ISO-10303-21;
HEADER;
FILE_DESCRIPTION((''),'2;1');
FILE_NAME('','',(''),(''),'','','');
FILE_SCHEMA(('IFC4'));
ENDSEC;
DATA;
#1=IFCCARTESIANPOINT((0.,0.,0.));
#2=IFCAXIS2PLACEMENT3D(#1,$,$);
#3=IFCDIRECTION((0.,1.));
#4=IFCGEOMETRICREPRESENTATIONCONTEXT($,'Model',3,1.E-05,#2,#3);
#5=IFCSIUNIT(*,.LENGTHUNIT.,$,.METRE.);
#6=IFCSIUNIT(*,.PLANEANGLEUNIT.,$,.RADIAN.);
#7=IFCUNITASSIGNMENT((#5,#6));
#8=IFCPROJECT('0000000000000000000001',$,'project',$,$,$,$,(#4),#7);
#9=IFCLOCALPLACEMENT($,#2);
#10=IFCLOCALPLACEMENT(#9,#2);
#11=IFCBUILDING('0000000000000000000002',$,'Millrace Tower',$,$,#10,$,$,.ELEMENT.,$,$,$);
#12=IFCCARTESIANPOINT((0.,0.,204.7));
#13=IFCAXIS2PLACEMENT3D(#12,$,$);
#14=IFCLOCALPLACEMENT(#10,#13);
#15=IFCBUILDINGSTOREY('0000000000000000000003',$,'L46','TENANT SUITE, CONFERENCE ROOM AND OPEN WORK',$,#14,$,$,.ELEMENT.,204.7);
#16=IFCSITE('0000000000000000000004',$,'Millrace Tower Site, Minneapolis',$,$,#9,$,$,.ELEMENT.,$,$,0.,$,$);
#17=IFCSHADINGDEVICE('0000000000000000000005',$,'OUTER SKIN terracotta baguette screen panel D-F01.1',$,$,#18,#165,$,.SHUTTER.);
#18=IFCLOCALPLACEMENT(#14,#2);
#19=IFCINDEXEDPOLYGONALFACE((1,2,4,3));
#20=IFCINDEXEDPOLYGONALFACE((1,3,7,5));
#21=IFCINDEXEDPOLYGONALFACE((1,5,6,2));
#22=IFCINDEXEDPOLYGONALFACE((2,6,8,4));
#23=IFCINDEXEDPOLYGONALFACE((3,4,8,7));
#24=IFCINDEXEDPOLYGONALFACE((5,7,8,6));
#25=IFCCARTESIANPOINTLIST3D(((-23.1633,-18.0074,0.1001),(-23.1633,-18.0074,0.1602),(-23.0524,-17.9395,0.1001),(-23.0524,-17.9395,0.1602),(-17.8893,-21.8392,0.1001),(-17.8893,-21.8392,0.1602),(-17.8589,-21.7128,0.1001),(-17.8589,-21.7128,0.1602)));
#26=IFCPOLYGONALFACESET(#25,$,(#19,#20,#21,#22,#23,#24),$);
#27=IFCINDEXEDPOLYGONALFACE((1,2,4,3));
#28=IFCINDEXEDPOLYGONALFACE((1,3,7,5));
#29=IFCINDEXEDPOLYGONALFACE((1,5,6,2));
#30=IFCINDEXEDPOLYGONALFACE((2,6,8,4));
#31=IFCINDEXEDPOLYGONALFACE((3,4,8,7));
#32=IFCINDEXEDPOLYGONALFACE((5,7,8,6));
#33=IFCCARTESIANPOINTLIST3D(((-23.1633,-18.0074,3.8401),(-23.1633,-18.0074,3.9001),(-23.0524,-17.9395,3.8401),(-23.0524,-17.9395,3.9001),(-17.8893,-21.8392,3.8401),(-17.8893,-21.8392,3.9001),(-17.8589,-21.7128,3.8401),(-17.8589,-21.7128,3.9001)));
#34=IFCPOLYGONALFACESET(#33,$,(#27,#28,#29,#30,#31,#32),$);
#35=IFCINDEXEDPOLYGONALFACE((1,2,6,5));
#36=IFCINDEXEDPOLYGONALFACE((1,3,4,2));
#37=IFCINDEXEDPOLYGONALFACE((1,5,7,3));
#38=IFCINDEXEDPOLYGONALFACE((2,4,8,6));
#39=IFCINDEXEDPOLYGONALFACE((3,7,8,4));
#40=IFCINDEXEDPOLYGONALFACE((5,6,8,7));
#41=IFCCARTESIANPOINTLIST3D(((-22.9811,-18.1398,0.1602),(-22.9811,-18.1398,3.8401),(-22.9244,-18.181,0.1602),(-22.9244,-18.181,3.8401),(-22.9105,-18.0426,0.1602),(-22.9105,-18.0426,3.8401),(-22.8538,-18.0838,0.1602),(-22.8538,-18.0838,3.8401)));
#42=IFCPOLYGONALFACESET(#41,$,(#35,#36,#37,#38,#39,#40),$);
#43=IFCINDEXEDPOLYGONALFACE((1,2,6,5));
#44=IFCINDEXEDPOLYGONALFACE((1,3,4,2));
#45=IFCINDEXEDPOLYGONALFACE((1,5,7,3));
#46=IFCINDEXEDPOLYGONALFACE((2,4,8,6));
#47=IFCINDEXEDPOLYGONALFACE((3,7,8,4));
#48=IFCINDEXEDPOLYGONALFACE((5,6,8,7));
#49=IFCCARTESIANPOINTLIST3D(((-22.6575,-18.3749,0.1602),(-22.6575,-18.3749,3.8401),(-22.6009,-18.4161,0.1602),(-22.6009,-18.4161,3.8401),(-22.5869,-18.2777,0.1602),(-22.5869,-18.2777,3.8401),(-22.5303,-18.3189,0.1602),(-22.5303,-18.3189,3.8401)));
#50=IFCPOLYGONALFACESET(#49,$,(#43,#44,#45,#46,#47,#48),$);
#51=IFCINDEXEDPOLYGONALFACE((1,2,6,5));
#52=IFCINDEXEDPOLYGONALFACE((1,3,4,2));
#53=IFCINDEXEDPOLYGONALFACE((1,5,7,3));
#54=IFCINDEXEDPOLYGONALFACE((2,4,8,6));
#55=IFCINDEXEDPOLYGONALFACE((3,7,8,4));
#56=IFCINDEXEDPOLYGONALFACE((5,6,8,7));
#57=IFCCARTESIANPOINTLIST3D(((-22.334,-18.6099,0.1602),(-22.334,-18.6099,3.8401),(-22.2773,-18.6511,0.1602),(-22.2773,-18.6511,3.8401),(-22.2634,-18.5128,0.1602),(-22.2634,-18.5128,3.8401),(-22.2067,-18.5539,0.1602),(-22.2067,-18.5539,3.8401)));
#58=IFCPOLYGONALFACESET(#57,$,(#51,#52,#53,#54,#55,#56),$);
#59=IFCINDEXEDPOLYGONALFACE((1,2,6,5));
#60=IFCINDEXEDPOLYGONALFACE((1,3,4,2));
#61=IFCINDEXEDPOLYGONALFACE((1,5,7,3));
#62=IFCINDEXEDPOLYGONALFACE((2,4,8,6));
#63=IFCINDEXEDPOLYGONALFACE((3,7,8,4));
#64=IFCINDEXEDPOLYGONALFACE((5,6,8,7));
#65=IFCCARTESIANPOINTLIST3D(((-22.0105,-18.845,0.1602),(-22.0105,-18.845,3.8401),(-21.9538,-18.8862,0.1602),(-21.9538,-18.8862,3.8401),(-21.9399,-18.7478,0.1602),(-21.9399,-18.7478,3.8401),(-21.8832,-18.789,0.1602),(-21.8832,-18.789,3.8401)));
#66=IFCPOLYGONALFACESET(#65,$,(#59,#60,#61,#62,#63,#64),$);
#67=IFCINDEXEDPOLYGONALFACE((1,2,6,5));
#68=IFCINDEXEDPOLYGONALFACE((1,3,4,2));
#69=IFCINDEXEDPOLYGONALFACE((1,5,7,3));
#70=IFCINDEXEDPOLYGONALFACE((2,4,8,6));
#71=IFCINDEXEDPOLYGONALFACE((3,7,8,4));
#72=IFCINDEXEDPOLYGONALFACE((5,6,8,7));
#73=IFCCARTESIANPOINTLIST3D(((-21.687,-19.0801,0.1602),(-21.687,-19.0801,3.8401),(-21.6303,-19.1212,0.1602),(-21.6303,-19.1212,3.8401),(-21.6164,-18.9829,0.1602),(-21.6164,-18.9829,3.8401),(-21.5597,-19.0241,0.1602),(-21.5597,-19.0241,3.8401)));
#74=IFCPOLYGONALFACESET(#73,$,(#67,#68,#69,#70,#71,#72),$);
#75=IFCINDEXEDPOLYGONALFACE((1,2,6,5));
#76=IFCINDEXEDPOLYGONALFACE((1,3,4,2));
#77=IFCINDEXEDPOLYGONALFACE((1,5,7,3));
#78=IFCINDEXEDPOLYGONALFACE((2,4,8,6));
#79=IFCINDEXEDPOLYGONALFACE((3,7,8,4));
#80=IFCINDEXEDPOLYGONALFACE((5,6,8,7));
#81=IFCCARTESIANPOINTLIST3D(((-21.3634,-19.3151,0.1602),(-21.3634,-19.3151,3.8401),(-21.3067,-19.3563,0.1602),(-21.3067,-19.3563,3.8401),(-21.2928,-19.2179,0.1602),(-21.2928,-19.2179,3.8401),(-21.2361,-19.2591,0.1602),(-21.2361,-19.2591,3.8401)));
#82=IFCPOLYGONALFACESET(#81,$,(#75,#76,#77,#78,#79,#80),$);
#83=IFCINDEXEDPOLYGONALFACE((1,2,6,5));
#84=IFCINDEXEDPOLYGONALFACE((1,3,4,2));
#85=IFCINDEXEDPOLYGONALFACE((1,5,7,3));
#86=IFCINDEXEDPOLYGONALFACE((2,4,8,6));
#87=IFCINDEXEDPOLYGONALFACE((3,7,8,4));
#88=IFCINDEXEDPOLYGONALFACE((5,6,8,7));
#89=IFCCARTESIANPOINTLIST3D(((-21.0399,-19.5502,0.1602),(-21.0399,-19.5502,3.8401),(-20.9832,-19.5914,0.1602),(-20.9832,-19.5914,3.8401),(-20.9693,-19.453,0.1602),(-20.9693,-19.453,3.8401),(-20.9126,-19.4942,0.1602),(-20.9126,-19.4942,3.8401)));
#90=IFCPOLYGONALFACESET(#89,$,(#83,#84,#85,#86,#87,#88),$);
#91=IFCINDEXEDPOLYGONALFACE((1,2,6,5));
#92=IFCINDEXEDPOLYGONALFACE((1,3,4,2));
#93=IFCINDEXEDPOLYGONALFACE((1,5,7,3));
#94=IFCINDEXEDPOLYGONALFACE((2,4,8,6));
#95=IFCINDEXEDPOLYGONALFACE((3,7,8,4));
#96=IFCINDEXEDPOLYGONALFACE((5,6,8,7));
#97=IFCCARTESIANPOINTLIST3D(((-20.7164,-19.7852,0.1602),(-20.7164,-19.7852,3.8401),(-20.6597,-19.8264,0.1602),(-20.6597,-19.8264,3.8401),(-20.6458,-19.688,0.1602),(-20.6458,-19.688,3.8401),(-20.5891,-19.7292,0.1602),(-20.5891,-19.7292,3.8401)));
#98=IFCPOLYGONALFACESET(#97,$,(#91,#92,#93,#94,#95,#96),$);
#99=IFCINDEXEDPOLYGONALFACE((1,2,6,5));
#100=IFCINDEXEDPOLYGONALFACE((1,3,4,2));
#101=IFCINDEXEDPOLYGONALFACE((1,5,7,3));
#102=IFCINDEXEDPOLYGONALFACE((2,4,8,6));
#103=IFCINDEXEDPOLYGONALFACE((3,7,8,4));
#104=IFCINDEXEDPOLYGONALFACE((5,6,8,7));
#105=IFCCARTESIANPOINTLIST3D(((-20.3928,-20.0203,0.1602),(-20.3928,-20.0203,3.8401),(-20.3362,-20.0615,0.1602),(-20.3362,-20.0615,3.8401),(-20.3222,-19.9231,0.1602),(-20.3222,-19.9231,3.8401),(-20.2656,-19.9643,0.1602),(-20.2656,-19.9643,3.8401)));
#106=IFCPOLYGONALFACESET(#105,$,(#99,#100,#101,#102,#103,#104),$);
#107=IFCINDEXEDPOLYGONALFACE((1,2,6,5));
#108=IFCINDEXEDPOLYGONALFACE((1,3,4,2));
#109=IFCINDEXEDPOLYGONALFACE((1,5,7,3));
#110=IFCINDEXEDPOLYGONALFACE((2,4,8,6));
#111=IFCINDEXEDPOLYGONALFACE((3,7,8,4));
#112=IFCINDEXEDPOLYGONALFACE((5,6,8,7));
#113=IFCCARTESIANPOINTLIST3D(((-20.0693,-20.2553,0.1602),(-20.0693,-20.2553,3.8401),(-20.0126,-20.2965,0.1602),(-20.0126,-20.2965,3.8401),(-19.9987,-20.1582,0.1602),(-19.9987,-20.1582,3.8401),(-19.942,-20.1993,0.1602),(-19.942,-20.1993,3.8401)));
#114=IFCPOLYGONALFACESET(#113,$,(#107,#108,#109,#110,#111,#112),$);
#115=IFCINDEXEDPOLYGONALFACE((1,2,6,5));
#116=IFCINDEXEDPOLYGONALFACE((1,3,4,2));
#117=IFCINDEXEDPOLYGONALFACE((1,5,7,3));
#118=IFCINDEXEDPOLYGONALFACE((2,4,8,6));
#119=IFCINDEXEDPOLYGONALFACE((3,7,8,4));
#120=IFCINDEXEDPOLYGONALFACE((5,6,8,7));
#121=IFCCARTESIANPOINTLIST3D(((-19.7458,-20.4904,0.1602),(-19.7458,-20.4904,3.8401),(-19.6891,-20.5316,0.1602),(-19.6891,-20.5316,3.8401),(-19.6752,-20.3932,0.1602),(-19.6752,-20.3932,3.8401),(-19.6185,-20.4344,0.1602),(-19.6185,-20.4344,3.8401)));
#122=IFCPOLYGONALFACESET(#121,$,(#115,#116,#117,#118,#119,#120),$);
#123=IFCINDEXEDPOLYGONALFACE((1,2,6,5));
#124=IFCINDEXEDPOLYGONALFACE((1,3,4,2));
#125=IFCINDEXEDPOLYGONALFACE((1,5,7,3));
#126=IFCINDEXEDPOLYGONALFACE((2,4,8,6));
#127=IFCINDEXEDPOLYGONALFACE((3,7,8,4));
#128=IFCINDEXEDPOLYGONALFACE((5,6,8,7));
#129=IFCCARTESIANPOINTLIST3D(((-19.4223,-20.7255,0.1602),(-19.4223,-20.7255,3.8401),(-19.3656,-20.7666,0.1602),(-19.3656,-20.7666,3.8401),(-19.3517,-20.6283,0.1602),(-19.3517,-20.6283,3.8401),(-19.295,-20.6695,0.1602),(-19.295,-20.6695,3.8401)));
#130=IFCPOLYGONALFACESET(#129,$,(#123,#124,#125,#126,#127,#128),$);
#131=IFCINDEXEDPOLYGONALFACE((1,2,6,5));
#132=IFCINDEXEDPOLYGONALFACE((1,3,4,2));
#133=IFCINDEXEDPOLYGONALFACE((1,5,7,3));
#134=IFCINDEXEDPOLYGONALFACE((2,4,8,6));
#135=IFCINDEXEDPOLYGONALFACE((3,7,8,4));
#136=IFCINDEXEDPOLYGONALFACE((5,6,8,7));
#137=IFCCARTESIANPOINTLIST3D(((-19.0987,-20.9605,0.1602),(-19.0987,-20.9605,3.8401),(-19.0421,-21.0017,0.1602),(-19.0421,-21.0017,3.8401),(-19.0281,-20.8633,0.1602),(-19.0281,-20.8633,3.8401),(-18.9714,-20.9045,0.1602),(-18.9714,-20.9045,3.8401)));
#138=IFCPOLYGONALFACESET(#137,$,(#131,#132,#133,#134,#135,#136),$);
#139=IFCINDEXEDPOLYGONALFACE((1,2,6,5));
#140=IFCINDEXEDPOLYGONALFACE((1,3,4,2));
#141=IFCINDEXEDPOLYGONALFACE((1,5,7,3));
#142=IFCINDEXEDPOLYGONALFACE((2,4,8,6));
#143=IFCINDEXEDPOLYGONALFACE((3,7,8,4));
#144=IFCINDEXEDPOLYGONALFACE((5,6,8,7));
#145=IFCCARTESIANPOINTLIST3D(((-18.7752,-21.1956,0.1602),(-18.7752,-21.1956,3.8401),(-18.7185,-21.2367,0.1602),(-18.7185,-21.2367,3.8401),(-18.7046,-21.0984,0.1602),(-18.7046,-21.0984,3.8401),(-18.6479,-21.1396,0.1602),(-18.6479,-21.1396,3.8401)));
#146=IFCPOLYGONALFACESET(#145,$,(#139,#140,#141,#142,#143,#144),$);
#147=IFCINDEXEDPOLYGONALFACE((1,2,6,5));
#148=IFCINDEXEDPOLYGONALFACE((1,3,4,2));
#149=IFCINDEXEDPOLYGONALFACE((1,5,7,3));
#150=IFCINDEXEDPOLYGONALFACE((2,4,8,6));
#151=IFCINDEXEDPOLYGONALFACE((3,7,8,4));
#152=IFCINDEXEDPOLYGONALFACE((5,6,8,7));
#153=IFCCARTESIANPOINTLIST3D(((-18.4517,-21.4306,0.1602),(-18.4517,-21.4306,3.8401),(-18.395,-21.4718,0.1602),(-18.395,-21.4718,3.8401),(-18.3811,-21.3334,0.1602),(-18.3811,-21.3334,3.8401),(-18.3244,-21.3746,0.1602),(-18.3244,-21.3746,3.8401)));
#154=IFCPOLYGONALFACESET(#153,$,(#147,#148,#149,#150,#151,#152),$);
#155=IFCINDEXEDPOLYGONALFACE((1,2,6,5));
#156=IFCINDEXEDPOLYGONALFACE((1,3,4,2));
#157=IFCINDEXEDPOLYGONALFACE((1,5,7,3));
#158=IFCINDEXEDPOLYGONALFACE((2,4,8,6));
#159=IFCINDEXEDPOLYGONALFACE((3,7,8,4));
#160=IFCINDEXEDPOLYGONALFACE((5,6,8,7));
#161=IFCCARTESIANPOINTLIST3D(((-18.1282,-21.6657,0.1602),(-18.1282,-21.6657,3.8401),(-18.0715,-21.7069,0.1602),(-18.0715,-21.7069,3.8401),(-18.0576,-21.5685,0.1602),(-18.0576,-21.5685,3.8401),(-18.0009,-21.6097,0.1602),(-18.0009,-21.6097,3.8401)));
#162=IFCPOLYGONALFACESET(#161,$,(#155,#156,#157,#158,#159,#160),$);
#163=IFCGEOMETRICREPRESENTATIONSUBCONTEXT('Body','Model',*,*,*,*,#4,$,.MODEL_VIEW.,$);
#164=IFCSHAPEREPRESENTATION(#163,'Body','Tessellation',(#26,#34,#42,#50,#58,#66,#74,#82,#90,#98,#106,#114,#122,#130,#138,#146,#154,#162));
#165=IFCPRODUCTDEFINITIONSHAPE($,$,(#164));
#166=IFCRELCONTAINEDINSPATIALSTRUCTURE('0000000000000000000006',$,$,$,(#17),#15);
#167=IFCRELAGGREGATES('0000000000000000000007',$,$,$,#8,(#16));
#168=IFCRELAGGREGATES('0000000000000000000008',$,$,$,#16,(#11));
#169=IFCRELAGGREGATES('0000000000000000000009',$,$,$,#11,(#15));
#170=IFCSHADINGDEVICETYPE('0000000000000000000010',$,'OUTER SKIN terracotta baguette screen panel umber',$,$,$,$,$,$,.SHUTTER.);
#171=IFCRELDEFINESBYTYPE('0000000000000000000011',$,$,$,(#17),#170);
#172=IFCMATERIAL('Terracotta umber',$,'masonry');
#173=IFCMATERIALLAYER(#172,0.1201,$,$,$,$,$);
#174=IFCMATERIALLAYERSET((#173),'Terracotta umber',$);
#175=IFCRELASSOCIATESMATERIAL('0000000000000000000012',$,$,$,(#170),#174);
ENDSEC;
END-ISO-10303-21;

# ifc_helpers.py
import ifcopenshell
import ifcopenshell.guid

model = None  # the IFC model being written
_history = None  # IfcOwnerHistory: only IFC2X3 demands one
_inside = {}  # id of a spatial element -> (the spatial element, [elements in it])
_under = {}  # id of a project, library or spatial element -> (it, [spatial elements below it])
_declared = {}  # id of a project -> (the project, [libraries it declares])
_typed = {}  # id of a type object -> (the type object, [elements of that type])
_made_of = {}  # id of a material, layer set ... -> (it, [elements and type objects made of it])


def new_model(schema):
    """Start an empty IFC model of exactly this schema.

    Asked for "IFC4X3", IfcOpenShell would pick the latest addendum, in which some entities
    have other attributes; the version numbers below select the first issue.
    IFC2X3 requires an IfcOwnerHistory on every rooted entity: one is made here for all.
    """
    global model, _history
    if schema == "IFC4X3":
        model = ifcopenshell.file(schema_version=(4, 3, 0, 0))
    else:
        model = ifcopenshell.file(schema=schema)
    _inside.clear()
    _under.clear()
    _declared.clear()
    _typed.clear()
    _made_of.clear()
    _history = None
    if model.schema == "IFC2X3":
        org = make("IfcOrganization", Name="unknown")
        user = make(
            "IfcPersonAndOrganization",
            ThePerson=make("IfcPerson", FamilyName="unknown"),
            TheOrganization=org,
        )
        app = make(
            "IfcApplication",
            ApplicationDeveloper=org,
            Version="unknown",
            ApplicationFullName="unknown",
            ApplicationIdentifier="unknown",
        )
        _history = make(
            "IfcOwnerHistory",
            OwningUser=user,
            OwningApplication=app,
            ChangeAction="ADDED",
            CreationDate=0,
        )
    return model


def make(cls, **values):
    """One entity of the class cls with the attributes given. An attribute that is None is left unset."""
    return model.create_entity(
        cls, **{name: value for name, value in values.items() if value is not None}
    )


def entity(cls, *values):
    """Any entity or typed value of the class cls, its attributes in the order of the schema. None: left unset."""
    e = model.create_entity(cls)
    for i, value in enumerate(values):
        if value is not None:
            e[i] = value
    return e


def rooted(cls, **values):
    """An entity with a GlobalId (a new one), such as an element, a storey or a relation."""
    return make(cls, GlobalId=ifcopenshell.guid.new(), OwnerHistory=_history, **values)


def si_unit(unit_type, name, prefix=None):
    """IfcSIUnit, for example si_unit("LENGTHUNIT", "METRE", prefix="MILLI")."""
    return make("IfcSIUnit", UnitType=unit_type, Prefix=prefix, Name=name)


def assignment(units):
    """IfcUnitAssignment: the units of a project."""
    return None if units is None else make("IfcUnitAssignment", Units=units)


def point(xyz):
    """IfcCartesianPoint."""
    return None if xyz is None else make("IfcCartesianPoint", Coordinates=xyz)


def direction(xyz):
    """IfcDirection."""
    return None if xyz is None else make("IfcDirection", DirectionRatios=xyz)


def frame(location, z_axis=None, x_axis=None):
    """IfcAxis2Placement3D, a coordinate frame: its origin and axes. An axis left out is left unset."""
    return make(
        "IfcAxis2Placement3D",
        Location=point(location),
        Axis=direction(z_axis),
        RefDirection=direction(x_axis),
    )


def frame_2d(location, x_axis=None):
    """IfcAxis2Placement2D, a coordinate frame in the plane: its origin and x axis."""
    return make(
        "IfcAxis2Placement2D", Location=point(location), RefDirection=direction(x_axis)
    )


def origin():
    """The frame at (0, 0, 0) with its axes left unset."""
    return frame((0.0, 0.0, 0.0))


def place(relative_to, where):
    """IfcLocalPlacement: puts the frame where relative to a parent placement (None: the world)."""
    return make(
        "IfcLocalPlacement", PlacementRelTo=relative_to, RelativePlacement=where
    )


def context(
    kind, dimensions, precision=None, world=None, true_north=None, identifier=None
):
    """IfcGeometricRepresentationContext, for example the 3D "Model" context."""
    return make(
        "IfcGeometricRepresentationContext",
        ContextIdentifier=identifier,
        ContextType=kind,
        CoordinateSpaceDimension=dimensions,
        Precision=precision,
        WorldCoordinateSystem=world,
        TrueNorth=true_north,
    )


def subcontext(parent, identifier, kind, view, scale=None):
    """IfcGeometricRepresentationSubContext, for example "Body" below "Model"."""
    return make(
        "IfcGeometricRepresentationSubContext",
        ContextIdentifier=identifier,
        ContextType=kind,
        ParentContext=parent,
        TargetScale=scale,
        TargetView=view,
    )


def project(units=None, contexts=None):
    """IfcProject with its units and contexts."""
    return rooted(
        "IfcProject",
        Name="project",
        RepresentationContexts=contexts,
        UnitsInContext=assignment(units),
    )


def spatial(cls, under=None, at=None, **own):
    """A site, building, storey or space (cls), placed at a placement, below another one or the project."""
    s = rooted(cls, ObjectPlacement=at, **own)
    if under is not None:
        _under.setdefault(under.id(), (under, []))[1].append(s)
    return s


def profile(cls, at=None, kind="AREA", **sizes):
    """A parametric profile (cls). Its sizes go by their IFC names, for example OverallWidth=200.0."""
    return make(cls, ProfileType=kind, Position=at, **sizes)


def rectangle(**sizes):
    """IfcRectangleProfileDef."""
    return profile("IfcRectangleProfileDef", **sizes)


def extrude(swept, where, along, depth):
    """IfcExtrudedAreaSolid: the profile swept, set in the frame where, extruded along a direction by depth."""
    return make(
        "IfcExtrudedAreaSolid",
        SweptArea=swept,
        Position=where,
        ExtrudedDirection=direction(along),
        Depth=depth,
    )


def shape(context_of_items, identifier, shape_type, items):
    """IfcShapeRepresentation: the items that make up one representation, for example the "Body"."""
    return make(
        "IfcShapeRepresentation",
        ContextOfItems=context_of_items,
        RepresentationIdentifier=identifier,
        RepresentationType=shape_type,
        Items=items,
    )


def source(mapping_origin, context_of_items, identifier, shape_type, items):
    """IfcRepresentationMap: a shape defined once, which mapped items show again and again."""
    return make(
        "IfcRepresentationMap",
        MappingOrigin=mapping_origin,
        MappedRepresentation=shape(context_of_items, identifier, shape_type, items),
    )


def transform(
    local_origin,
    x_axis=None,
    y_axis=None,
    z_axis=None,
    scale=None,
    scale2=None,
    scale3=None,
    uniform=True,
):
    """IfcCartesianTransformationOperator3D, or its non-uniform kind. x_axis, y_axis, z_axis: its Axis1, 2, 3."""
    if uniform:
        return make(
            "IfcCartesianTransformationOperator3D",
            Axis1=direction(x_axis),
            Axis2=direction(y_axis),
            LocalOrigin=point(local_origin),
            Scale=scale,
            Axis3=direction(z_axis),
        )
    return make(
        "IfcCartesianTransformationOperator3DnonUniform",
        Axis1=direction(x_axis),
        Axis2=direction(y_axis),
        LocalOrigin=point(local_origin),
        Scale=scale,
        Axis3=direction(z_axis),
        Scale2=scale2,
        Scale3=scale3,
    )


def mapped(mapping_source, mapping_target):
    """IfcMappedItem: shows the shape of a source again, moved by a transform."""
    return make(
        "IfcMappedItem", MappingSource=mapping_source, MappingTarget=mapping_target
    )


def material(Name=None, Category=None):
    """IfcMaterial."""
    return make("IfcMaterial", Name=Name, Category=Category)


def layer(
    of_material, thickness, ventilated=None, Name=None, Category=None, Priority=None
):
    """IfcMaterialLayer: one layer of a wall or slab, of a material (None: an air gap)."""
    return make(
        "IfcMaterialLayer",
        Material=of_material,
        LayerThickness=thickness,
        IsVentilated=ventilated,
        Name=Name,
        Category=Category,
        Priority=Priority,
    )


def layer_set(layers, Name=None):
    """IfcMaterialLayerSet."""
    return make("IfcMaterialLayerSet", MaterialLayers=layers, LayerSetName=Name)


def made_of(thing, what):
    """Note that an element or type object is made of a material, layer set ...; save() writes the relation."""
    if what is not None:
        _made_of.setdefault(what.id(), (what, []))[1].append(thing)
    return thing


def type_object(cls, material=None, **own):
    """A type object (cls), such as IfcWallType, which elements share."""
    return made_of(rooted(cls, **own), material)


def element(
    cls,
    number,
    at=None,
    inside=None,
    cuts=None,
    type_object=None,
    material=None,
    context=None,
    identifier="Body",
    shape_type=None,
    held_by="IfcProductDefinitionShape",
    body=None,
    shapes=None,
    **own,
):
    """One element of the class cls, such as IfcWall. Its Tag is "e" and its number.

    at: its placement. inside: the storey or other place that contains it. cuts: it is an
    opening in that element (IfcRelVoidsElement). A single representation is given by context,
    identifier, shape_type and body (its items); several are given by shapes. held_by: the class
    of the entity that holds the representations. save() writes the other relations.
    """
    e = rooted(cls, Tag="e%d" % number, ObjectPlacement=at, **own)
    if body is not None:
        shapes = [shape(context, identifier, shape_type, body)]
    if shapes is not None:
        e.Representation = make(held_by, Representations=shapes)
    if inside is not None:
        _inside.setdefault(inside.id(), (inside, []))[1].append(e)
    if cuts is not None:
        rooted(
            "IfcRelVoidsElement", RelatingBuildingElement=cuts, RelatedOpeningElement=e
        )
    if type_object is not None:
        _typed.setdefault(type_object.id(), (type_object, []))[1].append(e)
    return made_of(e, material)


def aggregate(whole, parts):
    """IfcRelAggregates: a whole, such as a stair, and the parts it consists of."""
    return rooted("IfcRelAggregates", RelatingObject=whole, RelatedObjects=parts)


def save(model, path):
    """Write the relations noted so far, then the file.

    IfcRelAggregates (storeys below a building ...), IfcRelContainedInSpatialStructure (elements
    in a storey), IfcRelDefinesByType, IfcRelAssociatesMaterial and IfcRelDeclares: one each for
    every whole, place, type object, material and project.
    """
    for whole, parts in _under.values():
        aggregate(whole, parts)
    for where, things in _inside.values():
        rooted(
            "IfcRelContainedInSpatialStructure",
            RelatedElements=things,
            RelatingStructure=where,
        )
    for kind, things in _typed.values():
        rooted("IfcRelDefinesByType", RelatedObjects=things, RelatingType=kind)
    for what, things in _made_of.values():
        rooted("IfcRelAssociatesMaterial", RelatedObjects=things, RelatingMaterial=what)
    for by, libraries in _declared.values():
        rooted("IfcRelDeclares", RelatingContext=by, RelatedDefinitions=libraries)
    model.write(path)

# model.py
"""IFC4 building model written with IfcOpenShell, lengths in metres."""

from ifc_helpers import new_model, entity, si_unit, direction, frame, frame_2d, origin, place, context, subcontext, project, spatial, rectangle, extrude, source, transform, mapped, material, layer, layer_set, type_object, element, save


model = new_model("IFC4")

# Units and contexts
model_context = context("Model", 3, precision=1e-05, world=origin(), true_north=direction((0.0, 1.0)))
body_context = subcontext(model_context, "Body", "Model", "MODEL_VIEW")
ifc_project = project(units=[si_unit("LENGTHUNIT", "METRE"), si_unit("PLANEANGLEUNIT", "RADIAN")], contexts=[model_context])

# Site, building, storey
site_placement = place(None, origin())
site = spatial("IfcSite", under=ifc_project, at=site_placement, Name="Millrace Tower Site, Minneapolis", CompositionType="ELEMENT", RefElevation=0.0)
building_placement = place(site_placement, origin())
building = spatial("IfcBuilding", under=site, at=building_placement, Name="Millrace Tower", CompositionType="ELEMENT")
storey_placement = place(building_placement, frame((0.0, 0.0, 204.7)))
storey = spatial("IfcBuildingStorey", under=building, at=storey_placement, Name="L46", Description="TENANT SUITE, CONFERENCE ROOM AND OPEN WORK", CompositionType="ELEMENT", Elevation=204.7)

# Shading device
ifc_material_1 = material(Name="Terracotta umber", Category="masonry")
ifc_layer_1 = layer(ifc_material_1, 0.1201)
ifc_layer_set_1 = layer_set([ifc_layer_1], Name="Terracotta umber")
shading_device_type = type_object("IfcShadingDeviceType", Name="OUTER SKIN terracotta baguette screen panel umber", PredefinedType="SHUTTER", material=ifc_layer_set_1)
cartesian_point_1 = entity("IfcCartesianPoint", [-3.2097, 0.0601])
shared_polyline_1 = entity("IfcPolyline", [cartesian_point_1, entity("IfcCartesianPoint", [3.2097, 0.0601]), entity("IfcCartesianPoint", [3.2595, -0.0601]), entity("IfcCartesianPoint", [-3.2595, -0.0601]), cartesian_point_1])
shared_shape_1 = source(origin(), body_context, "Body", "SweptSolid", [
    entity("IfcExtrudedAreaSolid", entity("IfcArbitraryClosedProfileDef", "AREA", None, shared_polyline_1), entity("IfcAxis2Placement3D", entity("IfcCartesianPoint", [0.0, 0.0, 0.0])), entity("IfcDirection", [0.0, 0.0, 1.0]), 0.0601),
    entity("IfcExtrudedAreaSolid", entity("IfcArbitraryClosedProfileDef", "AREA", None, shared_polyline_1), entity("IfcAxis2Placement3D", entity("IfcCartesianPoint", [0.0, 0.0, 3.74])), entity("IfcDirection", [0.0, 0.0, 1.0]), 0.0601),
    extrude(rectangle(XDim=0.0701, YDim=0.1201, at=frame_2d((-2.9993, 0.0))), frame((0.0, 0.0, 0.0601)), (0.0, 0.0, 1.0), 3.6799),
    extrude(rectangle(XDim=0.0701, YDim=0.1201, at=frame_2d((-2.5994, 0.0))), frame((0.0, 0.0, 0.0601)), (0.0, 0.0, 1.0), 3.6799),
    extrude(rectangle(XDim=0.0701, YDim=0.1201, at=frame_2d((-2.1995, 0.0))), frame((0.0, 0.0, 0.0601)), (0.0, 0.0, 1.0), 3.6799),
    extrude(rectangle(XDim=0.0701, YDim=0.1201, at=frame_2d((-1.7996, 0.0))), frame((0.0, 0.0, 0.0601)), (0.0, 0.0, 1.0), 3.6799),
    extrude(rectangle(XDim=0.0701, YDim=0.1201, at=frame_2d((-1.3997, 0.0))), frame((0.0, 0.0, 0.0601)), (0.0, 0.0, 1.0), 3.6799),
    extrude(rectangle(XDim=0.0701, YDim=0.1201, at=frame_2d((-0.9998, 0.0))), frame((0.0, 0.0, 0.0601)), (0.0, 0.0, 1.0), 3.6799),
    extrude(rectangle(XDim=0.0701, YDim=0.1201, at=frame_2d((-0.5999, 0.0))), frame((0.0, 0.0, 0.0601)), (0.0, 0.0, 1.0), 3.6799),
    extrude(rectangle(XDim=0.0701, YDim=0.1201, at=frame_2d((-0.2, 0.0))), frame((0.0, 0.0, 0.0601)), (0.0, 0.0, 1.0), 3.6799),
    extrude(rectangle(XDim=0.0701, YDim=0.1201, at=frame_2d((0.2, 0.0))), frame((0.0, 0.0, 0.0601)), (0.0, 0.0, 1.0), 3.6799),
    extrude(rectangle(XDim=0.0701, YDim=0.1201, at=frame_2d((0.5999, 0.0))), frame((0.0, 0.0, 0.0601)), (0.0, 0.0, 1.0), 3.6799),
    extrude(rectangle(XDim=0.0701, YDim=0.1201, at=frame_2d((0.9998, 0.0))), frame((0.0, 0.0, 0.0601)), (0.0, 0.0, 1.0), 3.6799),
    extrude(rectangle(XDim=0.0701, YDim=0.1201, at=frame_2d((1.3997, 0.0))), frame((0.0, 0.0, 0.0601)), (0.0, 0.0, 1.0), 3.6799),
    extrude(rectangle(XDim=0.0701, YDim=0.1201, at=frame_2d((1.7996, 0.0))), frame((0.0, 0.0, 0.0601)), (0.0, 0.0, 1.0), 3.6799),
    extrude(rectangle(XDim=0.0701, YDim=0.1201, at=frame_2d((2.1995, 0.0))), frame((0.0, 0.0, 0.0601)), (0.0, 0.0, 1.0), 3.6799),
    extrude(rectangle(XDim=0.0701, YDim=0.1201, at=frame_2d((2.5994, 0.0))), frame((0.0, 0.0, 0.0601)), (0.0, 0.0, 1.0), 3.6799),
    extrude(rectangle(XDim=0.0701, YDim=0.1201, at=frame_2d((2.9993, 0.0))), frame((0.0, 0.0, 0.0601)), (0.0, 0.0, 1.0), 3.6799),
])
shading_device_1_placement = place(storey_placement, frame((-20.491, -19.8748, 0.1001), z_axis=(0.0, 0.0, 1.0), x_axis=(0.809017, -0.587785, 0.0)))
element("IfcShadingDevice", 1, at=shading_device_1_placement, inside=storey, type_object=shading_device_type, Name="OUTER SKIN terracotta baguette screen panel D-F01.1", PredefinedType="SHUTTER", context=body_context, shape_type="MappedRepresentation", body=[
    mapped(shared_shape_1, transform((0.0, 0.0, 0.0), scale=1.0)),
])

save(model, "model.ifc")
